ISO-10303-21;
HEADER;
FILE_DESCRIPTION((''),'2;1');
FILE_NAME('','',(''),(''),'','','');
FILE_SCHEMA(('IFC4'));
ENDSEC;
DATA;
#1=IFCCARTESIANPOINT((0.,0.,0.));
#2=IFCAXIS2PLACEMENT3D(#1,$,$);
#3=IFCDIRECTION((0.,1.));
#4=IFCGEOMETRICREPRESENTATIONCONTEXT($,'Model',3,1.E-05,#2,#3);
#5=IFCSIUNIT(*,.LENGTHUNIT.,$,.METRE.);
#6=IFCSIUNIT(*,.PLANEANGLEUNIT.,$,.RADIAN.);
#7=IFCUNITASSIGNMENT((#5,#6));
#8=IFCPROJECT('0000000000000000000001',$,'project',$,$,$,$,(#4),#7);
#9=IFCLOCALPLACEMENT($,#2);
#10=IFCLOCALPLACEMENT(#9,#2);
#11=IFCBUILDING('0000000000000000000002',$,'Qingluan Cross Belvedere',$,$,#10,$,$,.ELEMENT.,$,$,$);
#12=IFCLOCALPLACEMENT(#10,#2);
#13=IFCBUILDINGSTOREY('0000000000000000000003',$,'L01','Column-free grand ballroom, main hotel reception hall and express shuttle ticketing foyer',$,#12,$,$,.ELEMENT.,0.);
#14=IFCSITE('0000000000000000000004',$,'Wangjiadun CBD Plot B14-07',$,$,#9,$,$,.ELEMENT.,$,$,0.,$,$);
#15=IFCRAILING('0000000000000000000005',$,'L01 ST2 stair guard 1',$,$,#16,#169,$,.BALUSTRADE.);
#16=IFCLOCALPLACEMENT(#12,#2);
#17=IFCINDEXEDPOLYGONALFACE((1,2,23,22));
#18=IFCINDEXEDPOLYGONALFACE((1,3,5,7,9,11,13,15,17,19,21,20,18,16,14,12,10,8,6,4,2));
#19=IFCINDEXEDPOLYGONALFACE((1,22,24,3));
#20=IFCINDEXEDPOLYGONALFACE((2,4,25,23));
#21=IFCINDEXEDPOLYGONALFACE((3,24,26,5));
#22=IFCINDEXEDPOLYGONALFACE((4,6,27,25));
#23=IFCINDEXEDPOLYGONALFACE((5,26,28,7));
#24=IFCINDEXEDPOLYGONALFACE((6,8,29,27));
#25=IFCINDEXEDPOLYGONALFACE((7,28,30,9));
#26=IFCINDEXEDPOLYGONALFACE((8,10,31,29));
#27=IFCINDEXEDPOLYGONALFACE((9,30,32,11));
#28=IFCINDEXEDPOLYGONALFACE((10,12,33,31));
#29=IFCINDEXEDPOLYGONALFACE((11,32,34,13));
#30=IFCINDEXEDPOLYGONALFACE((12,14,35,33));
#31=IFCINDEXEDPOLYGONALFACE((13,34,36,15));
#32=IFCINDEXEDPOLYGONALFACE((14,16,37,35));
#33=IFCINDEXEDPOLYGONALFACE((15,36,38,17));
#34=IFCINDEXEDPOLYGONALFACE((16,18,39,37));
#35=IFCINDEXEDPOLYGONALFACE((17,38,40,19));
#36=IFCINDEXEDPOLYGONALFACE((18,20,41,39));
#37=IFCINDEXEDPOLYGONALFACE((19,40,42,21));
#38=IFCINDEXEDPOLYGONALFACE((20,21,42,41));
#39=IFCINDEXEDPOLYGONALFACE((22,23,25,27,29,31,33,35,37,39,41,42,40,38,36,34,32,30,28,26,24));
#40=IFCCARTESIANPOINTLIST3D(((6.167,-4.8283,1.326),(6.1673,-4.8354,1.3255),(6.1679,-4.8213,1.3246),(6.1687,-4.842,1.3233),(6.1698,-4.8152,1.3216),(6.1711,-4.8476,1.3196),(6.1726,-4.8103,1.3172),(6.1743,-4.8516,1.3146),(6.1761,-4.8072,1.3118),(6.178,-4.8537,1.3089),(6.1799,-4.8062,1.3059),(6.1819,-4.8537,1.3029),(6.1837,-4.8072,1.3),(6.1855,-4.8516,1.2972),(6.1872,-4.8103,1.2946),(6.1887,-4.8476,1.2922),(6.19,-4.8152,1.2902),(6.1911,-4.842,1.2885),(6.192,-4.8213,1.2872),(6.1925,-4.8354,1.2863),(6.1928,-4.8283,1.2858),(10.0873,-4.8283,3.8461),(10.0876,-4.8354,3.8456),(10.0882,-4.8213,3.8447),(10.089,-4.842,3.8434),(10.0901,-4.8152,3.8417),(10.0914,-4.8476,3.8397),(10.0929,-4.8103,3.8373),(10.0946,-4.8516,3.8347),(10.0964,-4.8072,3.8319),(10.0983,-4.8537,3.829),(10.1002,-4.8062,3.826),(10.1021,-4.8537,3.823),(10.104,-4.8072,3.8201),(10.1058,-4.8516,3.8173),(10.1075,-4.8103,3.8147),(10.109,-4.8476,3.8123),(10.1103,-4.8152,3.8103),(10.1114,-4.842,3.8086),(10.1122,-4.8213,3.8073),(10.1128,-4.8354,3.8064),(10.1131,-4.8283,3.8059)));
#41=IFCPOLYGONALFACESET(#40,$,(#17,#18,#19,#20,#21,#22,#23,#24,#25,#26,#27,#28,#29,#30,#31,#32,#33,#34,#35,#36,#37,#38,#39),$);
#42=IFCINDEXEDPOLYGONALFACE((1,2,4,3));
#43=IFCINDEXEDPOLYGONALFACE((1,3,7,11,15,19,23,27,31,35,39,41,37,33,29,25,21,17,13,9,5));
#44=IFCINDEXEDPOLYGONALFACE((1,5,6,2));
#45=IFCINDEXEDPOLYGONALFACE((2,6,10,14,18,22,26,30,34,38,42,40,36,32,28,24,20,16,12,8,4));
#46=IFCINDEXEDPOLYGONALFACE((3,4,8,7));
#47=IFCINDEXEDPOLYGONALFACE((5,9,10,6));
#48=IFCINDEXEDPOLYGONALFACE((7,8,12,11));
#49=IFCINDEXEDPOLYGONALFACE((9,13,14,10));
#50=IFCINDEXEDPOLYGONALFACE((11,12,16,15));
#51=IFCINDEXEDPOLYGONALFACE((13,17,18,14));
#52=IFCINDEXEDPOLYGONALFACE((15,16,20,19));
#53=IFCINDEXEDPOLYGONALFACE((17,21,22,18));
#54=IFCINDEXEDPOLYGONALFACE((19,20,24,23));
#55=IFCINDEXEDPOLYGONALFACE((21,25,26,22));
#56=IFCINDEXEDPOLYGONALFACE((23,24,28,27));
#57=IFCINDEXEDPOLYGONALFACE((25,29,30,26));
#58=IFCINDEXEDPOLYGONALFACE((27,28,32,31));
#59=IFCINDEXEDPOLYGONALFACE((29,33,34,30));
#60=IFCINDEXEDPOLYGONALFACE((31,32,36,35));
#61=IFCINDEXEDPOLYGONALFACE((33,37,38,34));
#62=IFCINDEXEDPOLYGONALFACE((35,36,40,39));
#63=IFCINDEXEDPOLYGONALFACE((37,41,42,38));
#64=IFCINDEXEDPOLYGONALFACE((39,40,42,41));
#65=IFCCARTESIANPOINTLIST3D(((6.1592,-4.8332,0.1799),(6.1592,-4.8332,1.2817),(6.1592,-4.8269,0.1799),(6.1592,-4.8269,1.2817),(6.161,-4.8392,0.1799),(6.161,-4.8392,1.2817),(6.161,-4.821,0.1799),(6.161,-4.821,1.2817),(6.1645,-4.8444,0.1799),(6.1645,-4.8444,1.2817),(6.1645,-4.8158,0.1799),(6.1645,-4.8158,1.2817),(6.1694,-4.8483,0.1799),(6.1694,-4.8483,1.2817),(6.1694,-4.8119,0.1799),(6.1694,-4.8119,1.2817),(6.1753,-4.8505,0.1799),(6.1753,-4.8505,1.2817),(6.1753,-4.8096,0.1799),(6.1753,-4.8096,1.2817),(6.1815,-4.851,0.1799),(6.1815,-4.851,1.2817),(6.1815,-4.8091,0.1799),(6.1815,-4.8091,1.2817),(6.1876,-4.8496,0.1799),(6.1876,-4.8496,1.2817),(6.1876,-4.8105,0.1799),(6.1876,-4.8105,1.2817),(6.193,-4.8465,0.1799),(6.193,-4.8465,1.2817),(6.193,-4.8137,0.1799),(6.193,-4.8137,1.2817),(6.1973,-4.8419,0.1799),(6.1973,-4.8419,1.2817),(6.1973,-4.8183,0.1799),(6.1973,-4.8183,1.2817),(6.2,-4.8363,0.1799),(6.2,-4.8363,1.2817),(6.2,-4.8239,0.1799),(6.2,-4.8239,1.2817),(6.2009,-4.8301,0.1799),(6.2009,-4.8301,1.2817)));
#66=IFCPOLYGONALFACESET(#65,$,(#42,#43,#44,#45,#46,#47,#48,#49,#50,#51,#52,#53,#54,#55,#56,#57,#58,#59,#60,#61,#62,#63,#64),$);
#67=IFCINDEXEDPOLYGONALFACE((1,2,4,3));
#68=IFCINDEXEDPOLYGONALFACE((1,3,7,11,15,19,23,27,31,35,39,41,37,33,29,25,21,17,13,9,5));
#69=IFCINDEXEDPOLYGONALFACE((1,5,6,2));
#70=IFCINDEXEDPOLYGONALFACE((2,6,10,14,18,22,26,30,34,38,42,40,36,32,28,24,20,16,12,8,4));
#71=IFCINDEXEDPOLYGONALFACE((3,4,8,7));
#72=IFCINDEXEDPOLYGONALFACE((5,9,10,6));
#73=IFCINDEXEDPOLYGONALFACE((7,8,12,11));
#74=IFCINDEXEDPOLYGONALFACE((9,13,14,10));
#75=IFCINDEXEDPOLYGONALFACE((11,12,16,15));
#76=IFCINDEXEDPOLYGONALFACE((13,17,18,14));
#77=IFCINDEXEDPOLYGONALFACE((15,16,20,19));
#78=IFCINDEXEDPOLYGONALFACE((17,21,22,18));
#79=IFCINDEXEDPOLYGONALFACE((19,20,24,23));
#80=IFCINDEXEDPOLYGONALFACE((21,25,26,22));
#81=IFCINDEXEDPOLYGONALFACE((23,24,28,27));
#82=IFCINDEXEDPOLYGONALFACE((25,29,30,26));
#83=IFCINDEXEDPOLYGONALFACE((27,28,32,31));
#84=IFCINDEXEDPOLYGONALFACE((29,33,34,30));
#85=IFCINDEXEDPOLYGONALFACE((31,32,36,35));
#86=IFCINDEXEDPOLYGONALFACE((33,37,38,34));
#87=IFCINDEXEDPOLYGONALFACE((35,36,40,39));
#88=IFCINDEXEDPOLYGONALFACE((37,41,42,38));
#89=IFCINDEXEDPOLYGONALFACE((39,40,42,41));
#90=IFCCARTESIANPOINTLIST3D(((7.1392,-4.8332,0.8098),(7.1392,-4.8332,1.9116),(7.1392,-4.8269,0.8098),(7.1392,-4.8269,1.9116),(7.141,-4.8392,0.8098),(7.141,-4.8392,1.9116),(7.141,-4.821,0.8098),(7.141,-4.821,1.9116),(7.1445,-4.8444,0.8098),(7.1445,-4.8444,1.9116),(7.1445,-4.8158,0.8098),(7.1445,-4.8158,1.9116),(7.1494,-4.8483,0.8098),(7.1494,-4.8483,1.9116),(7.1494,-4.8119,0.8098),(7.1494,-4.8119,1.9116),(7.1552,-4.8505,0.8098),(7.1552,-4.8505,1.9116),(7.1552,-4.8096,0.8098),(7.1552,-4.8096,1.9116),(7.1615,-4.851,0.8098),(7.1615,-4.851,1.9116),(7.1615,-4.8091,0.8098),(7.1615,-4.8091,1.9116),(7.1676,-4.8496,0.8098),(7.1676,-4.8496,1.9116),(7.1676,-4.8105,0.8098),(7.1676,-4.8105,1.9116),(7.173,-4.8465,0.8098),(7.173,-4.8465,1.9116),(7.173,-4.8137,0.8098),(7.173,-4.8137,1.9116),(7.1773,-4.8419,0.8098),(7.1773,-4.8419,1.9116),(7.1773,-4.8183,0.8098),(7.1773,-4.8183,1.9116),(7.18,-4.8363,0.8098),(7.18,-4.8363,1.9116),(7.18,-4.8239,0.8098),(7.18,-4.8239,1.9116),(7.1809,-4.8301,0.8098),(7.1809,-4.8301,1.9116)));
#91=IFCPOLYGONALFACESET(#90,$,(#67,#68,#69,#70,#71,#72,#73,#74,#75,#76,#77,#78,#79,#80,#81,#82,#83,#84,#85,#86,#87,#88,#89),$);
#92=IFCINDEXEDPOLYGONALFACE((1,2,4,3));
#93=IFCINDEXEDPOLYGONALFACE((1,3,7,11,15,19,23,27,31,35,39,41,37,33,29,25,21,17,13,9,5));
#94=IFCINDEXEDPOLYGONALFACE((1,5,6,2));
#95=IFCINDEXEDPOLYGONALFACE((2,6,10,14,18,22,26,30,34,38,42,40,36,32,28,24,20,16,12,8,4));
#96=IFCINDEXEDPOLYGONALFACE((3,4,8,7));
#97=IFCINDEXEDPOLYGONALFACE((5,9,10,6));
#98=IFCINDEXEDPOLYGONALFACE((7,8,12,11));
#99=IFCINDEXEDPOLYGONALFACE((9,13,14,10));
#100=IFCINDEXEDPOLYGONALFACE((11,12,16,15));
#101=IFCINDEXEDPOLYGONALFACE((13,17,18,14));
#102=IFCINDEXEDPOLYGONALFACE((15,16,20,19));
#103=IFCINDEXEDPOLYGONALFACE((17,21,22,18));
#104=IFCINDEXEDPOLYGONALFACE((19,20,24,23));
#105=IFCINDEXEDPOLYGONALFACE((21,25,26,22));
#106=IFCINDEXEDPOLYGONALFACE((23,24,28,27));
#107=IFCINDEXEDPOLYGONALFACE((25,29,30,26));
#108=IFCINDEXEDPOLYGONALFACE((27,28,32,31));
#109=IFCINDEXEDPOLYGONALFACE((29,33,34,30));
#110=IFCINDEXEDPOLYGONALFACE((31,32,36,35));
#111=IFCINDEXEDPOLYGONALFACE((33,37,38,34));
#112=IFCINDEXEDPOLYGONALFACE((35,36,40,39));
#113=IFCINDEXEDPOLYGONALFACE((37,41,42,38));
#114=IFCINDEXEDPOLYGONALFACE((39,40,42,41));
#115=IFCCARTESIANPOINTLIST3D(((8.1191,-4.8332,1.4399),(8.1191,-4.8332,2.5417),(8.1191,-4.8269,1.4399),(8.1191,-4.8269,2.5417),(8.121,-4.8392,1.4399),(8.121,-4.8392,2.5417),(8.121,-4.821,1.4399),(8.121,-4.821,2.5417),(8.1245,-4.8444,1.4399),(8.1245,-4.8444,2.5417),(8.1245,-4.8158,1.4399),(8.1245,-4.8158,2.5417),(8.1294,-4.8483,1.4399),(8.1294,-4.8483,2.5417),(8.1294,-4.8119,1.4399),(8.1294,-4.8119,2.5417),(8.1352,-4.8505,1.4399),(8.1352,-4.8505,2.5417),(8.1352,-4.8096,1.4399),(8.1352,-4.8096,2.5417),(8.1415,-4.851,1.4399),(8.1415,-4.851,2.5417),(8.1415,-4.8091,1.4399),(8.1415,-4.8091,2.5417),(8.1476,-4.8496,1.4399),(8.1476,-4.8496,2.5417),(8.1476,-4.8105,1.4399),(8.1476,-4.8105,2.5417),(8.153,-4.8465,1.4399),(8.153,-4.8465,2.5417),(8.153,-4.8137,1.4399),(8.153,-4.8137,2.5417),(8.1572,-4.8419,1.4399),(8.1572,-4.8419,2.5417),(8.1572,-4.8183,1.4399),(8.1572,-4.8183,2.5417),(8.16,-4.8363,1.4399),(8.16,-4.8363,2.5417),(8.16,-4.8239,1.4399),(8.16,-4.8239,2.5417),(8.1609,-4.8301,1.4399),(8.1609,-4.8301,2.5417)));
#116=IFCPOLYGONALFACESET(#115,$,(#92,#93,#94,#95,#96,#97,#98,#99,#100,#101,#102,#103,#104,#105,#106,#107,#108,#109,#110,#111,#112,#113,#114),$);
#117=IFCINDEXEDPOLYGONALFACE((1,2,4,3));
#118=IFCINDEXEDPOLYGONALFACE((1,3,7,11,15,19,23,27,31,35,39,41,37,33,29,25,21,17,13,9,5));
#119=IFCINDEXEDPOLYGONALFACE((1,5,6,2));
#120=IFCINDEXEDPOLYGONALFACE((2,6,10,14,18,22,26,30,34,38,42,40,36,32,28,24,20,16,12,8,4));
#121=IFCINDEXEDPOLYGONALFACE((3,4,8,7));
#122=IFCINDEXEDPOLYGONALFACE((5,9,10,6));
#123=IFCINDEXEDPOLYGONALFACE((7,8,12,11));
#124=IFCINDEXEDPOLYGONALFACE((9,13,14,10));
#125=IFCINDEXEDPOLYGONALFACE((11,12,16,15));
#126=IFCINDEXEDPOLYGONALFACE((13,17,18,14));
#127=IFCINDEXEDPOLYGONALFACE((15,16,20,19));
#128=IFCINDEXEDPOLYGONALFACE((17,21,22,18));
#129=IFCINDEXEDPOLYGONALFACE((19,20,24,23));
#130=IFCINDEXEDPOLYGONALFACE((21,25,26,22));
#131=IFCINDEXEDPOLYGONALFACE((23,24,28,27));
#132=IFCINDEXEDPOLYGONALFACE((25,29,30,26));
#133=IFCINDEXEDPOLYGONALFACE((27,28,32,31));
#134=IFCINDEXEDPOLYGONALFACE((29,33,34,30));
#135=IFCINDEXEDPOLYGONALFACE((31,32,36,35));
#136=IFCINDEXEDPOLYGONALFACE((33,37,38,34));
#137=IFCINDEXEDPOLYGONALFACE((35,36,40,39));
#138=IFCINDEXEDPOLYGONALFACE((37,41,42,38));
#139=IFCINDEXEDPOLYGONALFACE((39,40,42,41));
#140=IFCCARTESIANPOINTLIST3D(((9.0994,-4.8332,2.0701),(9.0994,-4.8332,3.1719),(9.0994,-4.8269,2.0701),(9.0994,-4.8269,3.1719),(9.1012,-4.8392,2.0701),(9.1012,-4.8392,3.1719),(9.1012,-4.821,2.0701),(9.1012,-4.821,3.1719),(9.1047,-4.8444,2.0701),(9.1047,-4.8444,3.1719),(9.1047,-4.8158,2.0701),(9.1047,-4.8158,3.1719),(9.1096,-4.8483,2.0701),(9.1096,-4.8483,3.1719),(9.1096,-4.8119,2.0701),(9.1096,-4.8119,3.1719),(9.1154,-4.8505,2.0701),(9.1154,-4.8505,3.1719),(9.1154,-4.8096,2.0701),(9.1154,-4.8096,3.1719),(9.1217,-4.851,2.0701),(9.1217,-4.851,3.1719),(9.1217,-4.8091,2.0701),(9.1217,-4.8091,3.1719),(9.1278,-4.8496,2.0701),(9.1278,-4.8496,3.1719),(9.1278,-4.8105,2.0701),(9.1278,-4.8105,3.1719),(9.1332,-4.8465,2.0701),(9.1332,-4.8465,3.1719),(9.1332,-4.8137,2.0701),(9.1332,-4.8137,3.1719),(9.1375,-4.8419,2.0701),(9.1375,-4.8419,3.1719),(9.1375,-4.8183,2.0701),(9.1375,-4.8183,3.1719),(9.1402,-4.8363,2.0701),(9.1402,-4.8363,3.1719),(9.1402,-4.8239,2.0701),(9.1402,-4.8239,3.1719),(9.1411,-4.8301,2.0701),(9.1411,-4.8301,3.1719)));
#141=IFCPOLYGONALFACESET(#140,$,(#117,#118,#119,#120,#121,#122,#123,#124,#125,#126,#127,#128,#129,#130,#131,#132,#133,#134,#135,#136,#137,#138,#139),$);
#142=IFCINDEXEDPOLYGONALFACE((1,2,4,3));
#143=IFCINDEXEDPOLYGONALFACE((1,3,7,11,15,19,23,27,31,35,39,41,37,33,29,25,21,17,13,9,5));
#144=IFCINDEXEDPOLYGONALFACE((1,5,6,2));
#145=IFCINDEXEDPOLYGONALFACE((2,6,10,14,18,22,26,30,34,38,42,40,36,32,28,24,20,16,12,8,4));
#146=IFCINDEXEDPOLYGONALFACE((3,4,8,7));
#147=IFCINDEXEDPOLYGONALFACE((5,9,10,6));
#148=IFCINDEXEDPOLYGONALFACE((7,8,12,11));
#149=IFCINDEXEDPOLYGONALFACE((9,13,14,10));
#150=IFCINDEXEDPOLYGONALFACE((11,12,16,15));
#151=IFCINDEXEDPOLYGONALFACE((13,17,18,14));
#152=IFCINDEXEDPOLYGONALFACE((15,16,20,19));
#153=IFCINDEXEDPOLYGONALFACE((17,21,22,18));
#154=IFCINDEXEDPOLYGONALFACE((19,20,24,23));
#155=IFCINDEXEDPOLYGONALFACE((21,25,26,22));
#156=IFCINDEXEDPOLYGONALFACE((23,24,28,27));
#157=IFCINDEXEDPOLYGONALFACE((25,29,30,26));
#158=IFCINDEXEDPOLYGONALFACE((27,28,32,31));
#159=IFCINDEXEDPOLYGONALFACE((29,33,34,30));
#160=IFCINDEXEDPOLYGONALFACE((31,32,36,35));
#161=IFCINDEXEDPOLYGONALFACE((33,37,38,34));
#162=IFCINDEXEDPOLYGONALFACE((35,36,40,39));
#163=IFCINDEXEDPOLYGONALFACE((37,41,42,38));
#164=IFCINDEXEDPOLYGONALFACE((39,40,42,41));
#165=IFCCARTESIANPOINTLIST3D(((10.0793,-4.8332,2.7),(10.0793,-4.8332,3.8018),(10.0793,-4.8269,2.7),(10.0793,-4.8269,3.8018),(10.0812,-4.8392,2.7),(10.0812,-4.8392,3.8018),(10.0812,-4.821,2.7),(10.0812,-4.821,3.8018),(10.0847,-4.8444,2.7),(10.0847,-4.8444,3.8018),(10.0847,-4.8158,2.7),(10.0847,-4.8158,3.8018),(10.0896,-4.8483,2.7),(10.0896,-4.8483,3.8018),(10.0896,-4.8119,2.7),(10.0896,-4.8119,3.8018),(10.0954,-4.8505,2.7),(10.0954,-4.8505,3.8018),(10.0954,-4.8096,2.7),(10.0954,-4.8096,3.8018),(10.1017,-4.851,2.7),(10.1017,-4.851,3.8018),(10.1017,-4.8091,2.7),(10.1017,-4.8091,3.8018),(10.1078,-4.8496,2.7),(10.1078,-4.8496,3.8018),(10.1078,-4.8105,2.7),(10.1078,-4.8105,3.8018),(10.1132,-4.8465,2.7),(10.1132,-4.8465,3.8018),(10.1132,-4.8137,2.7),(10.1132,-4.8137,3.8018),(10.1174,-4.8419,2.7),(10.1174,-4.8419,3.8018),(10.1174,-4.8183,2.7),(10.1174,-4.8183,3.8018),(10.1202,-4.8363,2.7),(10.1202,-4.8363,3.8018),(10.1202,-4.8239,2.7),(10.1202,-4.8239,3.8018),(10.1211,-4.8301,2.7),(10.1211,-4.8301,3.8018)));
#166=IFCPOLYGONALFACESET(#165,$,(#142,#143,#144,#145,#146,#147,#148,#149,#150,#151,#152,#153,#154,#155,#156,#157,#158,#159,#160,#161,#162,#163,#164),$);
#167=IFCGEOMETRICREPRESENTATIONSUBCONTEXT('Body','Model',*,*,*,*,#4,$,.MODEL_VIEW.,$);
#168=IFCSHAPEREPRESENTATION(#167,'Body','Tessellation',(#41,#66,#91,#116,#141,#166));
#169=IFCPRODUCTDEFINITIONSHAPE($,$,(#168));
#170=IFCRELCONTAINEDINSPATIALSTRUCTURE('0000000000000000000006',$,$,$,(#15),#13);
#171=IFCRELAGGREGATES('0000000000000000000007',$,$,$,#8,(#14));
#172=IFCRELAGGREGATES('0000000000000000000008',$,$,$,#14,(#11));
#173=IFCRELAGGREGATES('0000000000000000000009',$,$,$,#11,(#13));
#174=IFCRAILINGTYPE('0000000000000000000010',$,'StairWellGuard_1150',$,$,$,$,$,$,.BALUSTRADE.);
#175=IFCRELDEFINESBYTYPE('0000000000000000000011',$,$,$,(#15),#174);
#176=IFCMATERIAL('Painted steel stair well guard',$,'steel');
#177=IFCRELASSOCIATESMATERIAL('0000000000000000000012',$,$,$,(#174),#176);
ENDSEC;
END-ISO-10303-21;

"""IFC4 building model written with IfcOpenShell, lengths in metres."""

from ifc_helpers import new_model, si_unit, direction, frame, origin, origin_2d, place, context, subcontext, project, spatial, circle, extrude, material, type_object, element, save


model = new_model("IFC4")

# Units and contexts
model_context = context("Model", 3, precision=1e-05, world=origin(), true_north=direction((0.0, 1.0)))
body_context = subcontext(model_context, "Body", "Model", "MODEL_VIEW")
ifc_project = project(units=[si_unit("LENGTHUNIT", "METRE"), si_unit("PLANEANGLEUNIT", "RADIAN")], contexts=[model_context])

# Site, building, storey
site_placement = place(None, origin())
site = spatial("IfcSite", under=ifc_project, at=site_placement, Name="Wangjiadun CBD Plot B14-07", CompositionType="ELEMENT", RefElevation=0.0)
building_placement = place(site_placement, origin())
building = spatial("IfcBuilding", under=site, at=building_placement, Name="Qingluan Cross Belvedere", CompositionType="ELEMENT")
storey_placement = place(building_placement, origin())
storey = spatial("IfcBuildingStorey", under=building, at=storey_placement, Name="L01", Description="Column-free grand ballroom, main hotel reception hall and express shuttle ticketing foyer", CompositionType="ELEMENT", Elevation=0.0)

# Railing
ifc_material_1 = material(Name="Painted steel stair well guard", Category="steel")
railing_type_1 = type_object("IfcRailingType", Name="StairWellGuard_1150", PredefinedType="BALUSTRADE", material=ifc_material_1)
railing_1_placement = place(storey_placement, frame((6.1799, -4.8301, 0.1799)))
element("IfcRailing", 1, at=railing_1_placement, inside=storey, type_object=railing_type_1, Name="L01 ST2 stair guard 1", PredefinedType="BALUSTRADE", context=body_context, shape_type="SweptSolid", body=[
    extrude(circle(Radius=0.0239, at=origin_2d()), frame((0.0, 0.0, 1.126), z_axis=(0.841187, 0.0, 0.540744), x_axis=(0.0, 1.0, 0.0)), (0.0, 0.0, 1.0), 4.6604),
    extrude(circle(Radius=0.021, at=origin_2d()), origin(), (0.0, 0.0, 1.0), 1.1018),
    extrude(circle(Radius=0.021, at=origin_2d()), frame((0.98, 0.0, 0.6299)), (0.0, 0.0, 1.0), 1.1018),
    extrude(circle(Radius=0.021, at=origin_2d()), frame((1.96, 0.0, 1.26)), (0.0, 0.0, 1.0), 1.1018),
    extrude(circle(Radius=0.021, at=origin_2d()), frame((2.9402, 0.0, 1.8901)), (0.0, 0.0, 1.0), 1.1018),
    extrude(circle(Radius=0.021, at=origin_2d()), frame((3.9202, 0.0, 2.52)), (0.0, 0.0, 1.0), 1.1018),
])

save(model, "model.ifc")
